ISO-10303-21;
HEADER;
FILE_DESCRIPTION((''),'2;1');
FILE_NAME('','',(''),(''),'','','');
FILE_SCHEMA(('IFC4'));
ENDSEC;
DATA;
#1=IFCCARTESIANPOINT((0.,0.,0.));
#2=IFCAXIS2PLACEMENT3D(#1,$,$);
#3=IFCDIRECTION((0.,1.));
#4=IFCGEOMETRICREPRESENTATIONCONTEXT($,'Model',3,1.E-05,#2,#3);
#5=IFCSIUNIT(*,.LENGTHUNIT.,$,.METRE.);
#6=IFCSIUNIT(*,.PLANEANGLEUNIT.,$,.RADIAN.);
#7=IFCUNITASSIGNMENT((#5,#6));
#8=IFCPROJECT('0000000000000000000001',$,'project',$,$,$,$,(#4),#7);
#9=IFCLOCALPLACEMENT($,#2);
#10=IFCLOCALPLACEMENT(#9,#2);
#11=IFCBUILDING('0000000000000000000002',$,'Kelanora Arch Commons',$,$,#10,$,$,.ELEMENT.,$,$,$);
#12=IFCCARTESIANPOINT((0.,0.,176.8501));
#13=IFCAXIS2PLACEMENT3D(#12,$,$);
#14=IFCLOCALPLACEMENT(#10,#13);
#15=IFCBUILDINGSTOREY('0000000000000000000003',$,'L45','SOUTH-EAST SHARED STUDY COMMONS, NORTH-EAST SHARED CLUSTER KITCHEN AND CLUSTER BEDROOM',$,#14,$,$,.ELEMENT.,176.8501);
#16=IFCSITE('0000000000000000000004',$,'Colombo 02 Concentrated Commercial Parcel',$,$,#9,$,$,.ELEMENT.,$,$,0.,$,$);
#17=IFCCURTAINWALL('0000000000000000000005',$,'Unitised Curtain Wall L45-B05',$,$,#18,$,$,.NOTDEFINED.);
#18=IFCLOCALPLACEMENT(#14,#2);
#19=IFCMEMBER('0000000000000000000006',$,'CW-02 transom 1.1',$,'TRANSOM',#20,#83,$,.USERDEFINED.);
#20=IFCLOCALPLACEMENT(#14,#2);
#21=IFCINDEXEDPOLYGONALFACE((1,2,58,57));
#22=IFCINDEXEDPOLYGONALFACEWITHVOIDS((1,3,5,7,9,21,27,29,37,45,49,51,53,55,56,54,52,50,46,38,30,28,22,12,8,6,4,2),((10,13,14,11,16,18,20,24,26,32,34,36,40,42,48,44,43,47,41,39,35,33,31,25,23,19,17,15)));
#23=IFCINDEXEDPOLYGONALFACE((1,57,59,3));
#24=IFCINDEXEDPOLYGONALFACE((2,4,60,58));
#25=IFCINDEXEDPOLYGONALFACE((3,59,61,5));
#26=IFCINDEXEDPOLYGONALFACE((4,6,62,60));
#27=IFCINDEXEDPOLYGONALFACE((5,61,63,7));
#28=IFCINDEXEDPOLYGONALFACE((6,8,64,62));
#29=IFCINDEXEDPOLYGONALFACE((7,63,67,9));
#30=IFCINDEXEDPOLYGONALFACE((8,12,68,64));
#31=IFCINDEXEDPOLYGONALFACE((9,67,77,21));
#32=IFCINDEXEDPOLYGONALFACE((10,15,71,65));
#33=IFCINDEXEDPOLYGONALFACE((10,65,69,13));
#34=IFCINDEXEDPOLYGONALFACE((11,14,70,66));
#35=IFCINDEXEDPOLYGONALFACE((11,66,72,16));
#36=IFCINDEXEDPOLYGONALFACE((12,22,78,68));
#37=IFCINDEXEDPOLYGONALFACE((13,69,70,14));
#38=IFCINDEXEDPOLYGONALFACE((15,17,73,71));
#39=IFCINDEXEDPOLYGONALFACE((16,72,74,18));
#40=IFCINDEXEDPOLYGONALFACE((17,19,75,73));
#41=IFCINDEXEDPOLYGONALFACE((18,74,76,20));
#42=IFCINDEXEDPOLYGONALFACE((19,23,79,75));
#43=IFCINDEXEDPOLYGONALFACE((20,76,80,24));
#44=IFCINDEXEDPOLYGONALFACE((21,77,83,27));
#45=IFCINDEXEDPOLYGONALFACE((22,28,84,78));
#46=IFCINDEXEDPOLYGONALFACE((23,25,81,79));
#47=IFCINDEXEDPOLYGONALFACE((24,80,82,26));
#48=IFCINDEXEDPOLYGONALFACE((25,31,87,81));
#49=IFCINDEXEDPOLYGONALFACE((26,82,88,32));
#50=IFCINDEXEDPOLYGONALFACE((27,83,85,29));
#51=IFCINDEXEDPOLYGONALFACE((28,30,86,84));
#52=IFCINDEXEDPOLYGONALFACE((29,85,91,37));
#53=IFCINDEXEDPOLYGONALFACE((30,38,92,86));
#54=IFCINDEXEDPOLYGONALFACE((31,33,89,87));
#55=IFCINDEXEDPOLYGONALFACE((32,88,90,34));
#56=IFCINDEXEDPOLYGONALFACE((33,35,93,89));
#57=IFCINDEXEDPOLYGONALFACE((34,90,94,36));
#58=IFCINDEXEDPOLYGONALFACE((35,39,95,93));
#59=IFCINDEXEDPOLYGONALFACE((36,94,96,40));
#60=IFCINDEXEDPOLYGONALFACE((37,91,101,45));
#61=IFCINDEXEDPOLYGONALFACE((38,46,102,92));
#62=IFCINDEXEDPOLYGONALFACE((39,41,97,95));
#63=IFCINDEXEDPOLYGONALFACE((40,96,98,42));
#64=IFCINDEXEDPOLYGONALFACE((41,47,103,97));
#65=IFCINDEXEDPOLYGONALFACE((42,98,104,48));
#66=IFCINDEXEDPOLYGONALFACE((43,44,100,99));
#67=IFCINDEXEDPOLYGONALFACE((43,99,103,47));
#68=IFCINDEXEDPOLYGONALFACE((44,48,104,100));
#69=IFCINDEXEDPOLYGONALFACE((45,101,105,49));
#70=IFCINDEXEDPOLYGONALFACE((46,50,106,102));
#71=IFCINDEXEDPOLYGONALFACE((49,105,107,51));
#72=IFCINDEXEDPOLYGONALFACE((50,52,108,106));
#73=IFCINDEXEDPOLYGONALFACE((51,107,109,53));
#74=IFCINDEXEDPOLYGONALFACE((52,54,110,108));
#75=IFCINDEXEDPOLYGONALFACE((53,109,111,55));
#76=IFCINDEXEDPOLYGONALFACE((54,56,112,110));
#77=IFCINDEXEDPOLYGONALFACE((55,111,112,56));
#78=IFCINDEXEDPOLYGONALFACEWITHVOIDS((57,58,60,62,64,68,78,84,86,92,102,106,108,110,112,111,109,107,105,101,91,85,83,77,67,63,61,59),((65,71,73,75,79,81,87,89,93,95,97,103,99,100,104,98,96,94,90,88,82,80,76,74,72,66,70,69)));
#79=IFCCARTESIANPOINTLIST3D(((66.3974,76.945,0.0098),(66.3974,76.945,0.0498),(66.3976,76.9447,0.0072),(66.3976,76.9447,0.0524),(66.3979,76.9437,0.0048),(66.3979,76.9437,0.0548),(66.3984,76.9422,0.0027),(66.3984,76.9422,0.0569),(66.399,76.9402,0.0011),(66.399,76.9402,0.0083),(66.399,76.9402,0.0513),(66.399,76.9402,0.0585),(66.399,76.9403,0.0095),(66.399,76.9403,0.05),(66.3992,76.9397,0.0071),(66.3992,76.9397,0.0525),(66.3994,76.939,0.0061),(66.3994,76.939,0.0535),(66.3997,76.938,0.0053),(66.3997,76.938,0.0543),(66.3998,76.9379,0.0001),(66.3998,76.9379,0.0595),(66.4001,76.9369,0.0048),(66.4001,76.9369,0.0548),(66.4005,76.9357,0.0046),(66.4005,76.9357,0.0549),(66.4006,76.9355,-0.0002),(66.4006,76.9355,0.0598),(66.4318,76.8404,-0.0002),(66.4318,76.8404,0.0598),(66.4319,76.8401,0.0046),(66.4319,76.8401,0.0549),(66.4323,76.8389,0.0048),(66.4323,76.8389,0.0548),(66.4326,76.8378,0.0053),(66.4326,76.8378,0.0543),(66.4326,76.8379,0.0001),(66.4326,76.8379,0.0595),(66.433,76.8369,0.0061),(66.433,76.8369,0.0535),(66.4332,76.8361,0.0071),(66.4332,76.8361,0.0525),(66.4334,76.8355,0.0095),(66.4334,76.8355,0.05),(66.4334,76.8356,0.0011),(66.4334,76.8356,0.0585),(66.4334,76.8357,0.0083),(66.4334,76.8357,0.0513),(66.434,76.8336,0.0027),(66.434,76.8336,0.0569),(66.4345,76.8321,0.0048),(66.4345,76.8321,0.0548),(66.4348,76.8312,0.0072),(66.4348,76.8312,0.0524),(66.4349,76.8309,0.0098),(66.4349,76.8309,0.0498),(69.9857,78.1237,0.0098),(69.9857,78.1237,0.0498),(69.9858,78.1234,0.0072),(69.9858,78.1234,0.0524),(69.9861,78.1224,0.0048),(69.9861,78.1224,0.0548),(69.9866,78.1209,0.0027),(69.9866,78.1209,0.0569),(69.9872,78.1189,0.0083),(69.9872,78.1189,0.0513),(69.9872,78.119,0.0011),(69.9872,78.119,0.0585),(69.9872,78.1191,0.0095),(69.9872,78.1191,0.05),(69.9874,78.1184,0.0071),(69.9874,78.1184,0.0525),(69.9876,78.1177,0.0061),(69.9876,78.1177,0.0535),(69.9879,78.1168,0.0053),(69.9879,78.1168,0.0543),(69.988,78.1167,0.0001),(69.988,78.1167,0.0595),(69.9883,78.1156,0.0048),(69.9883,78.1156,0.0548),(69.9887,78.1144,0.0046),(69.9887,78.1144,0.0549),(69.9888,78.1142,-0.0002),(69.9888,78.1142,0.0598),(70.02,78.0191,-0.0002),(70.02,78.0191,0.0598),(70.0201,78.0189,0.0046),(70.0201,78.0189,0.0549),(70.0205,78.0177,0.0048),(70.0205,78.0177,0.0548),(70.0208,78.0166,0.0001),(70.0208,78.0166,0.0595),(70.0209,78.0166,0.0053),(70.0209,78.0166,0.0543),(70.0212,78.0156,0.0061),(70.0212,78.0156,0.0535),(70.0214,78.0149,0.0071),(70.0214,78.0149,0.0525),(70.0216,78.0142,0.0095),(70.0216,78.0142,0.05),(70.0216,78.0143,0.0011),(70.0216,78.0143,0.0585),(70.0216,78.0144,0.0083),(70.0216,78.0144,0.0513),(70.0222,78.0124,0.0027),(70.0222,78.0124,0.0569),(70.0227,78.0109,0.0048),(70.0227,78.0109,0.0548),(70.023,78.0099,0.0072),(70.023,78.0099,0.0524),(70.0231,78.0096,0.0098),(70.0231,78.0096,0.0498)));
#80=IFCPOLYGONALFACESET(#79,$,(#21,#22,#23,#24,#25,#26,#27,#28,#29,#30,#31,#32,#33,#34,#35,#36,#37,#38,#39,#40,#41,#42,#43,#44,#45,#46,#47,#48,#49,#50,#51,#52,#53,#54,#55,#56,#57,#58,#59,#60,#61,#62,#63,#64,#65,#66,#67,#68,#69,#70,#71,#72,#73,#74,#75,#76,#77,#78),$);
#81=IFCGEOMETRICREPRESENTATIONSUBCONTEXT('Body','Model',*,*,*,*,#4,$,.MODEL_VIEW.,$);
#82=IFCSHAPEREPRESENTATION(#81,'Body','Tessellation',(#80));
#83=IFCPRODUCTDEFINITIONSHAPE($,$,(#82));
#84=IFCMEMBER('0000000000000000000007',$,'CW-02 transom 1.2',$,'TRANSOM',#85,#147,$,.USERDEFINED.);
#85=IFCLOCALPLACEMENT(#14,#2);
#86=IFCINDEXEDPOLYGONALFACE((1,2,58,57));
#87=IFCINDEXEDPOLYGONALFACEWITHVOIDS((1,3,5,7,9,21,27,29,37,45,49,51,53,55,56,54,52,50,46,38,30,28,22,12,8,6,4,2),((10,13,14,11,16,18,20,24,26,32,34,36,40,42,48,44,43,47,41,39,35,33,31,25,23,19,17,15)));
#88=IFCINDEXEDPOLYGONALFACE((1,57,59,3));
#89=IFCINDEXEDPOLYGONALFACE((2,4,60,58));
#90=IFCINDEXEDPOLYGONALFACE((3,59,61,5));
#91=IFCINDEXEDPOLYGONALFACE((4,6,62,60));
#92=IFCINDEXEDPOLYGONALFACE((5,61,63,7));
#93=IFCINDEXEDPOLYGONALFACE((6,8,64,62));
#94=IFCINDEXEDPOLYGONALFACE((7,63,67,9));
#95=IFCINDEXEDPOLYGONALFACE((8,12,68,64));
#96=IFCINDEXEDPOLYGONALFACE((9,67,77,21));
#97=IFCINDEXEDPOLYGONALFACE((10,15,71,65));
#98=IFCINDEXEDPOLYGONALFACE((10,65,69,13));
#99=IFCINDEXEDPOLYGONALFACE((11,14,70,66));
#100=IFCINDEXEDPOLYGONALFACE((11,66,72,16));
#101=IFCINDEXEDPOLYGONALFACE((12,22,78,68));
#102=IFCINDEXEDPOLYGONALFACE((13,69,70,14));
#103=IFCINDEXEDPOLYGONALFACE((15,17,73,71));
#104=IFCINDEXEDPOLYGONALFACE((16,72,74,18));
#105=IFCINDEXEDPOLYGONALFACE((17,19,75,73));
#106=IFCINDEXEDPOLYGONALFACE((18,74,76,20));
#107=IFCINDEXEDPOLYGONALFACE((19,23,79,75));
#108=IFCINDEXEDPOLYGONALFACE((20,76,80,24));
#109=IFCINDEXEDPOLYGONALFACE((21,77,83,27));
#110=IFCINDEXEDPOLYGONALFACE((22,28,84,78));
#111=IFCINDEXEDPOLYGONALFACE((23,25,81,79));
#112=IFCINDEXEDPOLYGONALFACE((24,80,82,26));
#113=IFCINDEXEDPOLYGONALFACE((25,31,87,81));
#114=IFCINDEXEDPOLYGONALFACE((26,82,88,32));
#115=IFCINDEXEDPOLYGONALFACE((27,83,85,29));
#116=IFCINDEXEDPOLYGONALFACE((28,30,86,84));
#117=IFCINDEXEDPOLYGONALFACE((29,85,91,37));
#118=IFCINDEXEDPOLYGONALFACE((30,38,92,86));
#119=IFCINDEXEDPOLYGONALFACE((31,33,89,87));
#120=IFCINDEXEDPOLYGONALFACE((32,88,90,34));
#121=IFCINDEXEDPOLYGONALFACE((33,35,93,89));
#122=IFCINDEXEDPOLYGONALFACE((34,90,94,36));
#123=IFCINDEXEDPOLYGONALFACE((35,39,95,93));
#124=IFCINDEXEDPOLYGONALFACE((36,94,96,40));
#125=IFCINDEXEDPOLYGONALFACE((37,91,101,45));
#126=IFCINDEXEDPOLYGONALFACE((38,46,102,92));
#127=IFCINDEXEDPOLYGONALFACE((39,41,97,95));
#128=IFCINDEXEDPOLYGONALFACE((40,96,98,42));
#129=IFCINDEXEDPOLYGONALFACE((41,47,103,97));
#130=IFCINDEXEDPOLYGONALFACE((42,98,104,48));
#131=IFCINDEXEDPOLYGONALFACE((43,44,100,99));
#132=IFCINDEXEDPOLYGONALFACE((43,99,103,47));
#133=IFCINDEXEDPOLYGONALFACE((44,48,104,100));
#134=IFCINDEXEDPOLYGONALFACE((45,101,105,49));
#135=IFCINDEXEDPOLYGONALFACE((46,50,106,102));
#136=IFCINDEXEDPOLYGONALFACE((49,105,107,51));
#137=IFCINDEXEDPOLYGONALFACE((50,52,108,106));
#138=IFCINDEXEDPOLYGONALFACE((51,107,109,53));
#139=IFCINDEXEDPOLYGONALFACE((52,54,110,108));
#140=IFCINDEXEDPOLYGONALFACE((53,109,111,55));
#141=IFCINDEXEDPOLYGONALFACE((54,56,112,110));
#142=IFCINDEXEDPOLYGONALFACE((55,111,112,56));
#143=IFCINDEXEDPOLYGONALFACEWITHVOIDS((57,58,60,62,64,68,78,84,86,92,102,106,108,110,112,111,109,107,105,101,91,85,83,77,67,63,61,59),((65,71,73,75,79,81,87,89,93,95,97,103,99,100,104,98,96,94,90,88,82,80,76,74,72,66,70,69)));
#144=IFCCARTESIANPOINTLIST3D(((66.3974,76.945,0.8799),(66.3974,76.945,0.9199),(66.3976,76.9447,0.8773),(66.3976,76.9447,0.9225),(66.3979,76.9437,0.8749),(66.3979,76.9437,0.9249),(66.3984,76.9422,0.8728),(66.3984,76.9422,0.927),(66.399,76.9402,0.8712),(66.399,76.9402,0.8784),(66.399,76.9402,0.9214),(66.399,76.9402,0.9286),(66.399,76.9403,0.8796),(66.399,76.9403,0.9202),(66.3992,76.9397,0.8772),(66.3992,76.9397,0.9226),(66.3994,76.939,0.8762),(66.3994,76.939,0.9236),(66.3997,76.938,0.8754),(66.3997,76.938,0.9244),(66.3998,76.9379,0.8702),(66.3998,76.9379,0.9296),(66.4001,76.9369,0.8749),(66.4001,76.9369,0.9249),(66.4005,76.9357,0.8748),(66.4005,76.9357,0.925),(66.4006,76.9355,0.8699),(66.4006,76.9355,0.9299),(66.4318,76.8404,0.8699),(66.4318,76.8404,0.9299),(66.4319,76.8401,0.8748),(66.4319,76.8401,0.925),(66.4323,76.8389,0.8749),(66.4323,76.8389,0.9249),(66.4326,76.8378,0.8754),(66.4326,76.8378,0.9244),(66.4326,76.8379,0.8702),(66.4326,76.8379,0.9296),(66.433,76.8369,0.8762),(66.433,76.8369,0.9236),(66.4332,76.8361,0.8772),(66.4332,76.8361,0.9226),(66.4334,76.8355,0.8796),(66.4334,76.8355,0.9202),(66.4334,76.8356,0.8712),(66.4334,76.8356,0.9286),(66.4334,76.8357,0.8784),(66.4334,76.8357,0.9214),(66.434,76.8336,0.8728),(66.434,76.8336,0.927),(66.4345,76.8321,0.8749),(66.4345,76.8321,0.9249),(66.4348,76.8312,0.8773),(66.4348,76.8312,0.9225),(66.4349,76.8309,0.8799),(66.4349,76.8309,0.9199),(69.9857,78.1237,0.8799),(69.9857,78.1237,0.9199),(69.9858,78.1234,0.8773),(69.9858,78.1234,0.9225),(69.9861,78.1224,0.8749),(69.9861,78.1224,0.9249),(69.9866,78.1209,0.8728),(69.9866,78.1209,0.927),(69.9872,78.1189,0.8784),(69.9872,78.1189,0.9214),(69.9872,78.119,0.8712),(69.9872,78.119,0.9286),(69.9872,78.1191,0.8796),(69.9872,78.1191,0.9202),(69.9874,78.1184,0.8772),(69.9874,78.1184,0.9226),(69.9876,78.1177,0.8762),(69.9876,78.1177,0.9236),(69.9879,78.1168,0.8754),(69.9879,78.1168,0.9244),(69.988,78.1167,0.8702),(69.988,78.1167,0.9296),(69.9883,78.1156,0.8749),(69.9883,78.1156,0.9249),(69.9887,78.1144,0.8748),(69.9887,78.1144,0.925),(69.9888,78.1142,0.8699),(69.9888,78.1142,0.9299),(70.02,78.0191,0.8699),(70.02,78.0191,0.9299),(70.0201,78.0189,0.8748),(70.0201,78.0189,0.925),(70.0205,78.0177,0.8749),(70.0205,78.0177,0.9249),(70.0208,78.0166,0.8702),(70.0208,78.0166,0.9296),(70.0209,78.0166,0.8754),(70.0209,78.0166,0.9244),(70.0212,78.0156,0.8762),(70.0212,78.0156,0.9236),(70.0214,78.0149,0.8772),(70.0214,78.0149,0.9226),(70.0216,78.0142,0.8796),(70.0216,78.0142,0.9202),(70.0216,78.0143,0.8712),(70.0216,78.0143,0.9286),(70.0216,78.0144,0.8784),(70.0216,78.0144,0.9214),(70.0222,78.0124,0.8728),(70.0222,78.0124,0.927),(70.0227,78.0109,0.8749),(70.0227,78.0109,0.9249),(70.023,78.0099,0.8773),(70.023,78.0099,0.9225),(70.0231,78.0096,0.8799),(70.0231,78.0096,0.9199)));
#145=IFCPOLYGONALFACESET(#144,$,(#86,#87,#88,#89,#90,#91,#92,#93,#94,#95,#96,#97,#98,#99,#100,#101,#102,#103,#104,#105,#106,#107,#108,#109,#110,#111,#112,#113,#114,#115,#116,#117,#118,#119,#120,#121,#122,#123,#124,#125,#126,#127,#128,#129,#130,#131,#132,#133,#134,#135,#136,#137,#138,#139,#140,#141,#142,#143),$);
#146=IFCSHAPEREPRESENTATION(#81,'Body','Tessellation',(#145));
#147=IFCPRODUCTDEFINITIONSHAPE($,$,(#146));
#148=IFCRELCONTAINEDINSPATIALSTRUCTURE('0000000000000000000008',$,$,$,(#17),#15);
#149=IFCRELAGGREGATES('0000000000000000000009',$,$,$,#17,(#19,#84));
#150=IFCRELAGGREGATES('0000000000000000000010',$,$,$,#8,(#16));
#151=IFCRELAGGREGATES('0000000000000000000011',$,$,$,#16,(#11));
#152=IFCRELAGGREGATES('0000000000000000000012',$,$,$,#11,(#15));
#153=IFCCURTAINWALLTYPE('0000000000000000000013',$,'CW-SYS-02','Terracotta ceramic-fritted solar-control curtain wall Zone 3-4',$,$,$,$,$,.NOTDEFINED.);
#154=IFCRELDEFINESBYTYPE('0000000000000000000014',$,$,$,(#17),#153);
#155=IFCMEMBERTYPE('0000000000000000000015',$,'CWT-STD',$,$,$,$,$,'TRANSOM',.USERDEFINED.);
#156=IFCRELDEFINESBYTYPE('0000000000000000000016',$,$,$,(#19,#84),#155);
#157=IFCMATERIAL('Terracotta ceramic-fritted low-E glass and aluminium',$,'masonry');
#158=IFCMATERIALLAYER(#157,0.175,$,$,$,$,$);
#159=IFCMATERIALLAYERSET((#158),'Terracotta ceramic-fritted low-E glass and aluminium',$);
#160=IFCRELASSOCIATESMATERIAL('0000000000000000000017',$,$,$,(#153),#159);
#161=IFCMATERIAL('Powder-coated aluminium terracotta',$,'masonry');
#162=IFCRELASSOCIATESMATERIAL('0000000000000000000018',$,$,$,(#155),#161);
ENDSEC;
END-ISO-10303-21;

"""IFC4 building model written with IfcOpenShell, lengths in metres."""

from ifc_helpers import new_model, si_unit, direction, frame, origin, origin_2d, place, context, subcontext, project, spatial, hollow_rectangle, extrude, material, layer, layer_set, material_profile, profile_set, type_object, element, aggregate, save


model = new_model("IFC4")

# Units and contexts
model_context = context("Model", 3, precision=1e-05, world=origin(), true_north=direction((0.0, 1.0)))
body_context = subcontext(model_context, "Body", "Model", "MODEL_VIEW")
ifc_project = project(units=[si_unit("LENGTHUNIT", "METRE"), si_unit("PLANEANGLEUNIT", "RADIAN")], contexts=[model_context])

# Site, building, storey
site_placement = place(None, origin())
site = spatial("IfcSite", under=ifc_project, at=site_placement, Name="Colombo 02 Concentrated Commercial Parcel", CompositionType="ELEMENT", RefElevation=0.0)
building_placement = place(site_placement, origin())
building = spatial("IfcBuilding", under=site, at=building_placement, Name="Kelanora Arch Commons", CompositionType="ELEMENT")
storey_placement = place(building_placement, frame((0.0, 0.0, 176.8501)))
storey = spatial("IfcBuildingStorey", under=building, at=storey_placement, Name="L45", Description="SOUTH-EAST SHARED STUDY COMMONS, NORTH-EAST SHARED CLUSTER KITCHEN AND CLUSTER BEDROOM", CompositionType="ELEMENT", Elevation=176.8501)

# Curtain wall, members
ifc_material_1 = material(Name="Terracotta ceramic-fritted low-E glass and aluminium", Category="masonry")
ifc_layer_1 = layer(ifc_material_1, 0.175)
ifc_layer_set_1 = layer_set([ifc_layer_1], Name="Terracotta ceramic-fritted low-E glass and aluminium")
curtain_wall_type = type_object("IfcCurtainWallType", Name="CW-SYS-02", Description="Terracotta ceramic-fritted solar-control curtain wall Zone 3-4", PredefinedType="NOTDEFINED", material=ifc_layer_set_1)
curtain_wall_placement = place(storey_placement, origin())
curtain_wall = element("IfcCurtainWall", 1, at=curtain_wall_placement, inside=storey, type_object=curtain_wall_type, Name="Unitised Curtain Wall L45-B05", PredefinedType="NOTDEFINED")
ifc_material_2 = material(Name="Powder-coated aluminium terracotta", Category="masonry")
ifc_material_profile_1 = material_profile(ifc_material_2, hollow_rectangle(XDim=0.1201, YDim=0.0601, WallThickness=0.0049, InnerFilletRadius=0.0049, OuterFilletRadius=0.01, at=origin_2d()), Name="CWT120x60")
ifc_profile_set_1 = profile_set([ifc_material_profile_1], Name="Powder-coated aluminium terracotta")
member_type_1 = type_object("IfcMemberType", Name="CWT-STD", ElementType="TRANSOM", PredefinedType="USERDEFINED", material=ifc_profile_set_1)
member_1_placement = place(storey_placement, frame((70.0044, 78.0667, 0.0298), z_axis=(-0.950051, -0.312094, 0.0), x_axis=(0.312094, -0.950051, 0.0)))
member_1 = element("IfcMember", 2, at=member_1_placement, type_object=member_type_1, Name="CW-02 transom 1.1", ObjectType="TRANSOM", PredefinedType="USERDEFINED", context=body_context, shape_type="SweptSolid", body=[
    extrude(hollow_rectangle(XDim=0.1201, YDim=0.0601, WallThickness=0.0049, InnerFilletRadius=0.0049, OuterFilletRadius=0.01, at=origin_2d()), origin(), (0.0, 0.0, 1.0), 3.7769),
])
member_2_placement = place(storey_placement, frame((70.0044, 78.0667, 0.8999), z_axis=(-0.950051, -0.312094, 0.0), x_axis=(0.312094, -0.950051, 0.0)))
member_2 = element("IfcMember", 3, at=member_2_placement, type_object=member_type_1, Name="CW-02 transom 1.2", ObjectType="TRANSOM", PredefinedType="USERDEFINED", context=body_context, shape_type="SweptSolid", body=[
    extrude(hollow_rectangle(XDim=0.1201, YDim=0.0601, WallThickness=0.0049, InnerFilletRadius=0.0049, OuterFilletRadius=0.01, at=origin_2d()), origin(), (0.0, 0.0, 1.0), 3.7769),
])
aggregate(curtain_wall, [member_1, member_2])

save(model, "model.ifc")
